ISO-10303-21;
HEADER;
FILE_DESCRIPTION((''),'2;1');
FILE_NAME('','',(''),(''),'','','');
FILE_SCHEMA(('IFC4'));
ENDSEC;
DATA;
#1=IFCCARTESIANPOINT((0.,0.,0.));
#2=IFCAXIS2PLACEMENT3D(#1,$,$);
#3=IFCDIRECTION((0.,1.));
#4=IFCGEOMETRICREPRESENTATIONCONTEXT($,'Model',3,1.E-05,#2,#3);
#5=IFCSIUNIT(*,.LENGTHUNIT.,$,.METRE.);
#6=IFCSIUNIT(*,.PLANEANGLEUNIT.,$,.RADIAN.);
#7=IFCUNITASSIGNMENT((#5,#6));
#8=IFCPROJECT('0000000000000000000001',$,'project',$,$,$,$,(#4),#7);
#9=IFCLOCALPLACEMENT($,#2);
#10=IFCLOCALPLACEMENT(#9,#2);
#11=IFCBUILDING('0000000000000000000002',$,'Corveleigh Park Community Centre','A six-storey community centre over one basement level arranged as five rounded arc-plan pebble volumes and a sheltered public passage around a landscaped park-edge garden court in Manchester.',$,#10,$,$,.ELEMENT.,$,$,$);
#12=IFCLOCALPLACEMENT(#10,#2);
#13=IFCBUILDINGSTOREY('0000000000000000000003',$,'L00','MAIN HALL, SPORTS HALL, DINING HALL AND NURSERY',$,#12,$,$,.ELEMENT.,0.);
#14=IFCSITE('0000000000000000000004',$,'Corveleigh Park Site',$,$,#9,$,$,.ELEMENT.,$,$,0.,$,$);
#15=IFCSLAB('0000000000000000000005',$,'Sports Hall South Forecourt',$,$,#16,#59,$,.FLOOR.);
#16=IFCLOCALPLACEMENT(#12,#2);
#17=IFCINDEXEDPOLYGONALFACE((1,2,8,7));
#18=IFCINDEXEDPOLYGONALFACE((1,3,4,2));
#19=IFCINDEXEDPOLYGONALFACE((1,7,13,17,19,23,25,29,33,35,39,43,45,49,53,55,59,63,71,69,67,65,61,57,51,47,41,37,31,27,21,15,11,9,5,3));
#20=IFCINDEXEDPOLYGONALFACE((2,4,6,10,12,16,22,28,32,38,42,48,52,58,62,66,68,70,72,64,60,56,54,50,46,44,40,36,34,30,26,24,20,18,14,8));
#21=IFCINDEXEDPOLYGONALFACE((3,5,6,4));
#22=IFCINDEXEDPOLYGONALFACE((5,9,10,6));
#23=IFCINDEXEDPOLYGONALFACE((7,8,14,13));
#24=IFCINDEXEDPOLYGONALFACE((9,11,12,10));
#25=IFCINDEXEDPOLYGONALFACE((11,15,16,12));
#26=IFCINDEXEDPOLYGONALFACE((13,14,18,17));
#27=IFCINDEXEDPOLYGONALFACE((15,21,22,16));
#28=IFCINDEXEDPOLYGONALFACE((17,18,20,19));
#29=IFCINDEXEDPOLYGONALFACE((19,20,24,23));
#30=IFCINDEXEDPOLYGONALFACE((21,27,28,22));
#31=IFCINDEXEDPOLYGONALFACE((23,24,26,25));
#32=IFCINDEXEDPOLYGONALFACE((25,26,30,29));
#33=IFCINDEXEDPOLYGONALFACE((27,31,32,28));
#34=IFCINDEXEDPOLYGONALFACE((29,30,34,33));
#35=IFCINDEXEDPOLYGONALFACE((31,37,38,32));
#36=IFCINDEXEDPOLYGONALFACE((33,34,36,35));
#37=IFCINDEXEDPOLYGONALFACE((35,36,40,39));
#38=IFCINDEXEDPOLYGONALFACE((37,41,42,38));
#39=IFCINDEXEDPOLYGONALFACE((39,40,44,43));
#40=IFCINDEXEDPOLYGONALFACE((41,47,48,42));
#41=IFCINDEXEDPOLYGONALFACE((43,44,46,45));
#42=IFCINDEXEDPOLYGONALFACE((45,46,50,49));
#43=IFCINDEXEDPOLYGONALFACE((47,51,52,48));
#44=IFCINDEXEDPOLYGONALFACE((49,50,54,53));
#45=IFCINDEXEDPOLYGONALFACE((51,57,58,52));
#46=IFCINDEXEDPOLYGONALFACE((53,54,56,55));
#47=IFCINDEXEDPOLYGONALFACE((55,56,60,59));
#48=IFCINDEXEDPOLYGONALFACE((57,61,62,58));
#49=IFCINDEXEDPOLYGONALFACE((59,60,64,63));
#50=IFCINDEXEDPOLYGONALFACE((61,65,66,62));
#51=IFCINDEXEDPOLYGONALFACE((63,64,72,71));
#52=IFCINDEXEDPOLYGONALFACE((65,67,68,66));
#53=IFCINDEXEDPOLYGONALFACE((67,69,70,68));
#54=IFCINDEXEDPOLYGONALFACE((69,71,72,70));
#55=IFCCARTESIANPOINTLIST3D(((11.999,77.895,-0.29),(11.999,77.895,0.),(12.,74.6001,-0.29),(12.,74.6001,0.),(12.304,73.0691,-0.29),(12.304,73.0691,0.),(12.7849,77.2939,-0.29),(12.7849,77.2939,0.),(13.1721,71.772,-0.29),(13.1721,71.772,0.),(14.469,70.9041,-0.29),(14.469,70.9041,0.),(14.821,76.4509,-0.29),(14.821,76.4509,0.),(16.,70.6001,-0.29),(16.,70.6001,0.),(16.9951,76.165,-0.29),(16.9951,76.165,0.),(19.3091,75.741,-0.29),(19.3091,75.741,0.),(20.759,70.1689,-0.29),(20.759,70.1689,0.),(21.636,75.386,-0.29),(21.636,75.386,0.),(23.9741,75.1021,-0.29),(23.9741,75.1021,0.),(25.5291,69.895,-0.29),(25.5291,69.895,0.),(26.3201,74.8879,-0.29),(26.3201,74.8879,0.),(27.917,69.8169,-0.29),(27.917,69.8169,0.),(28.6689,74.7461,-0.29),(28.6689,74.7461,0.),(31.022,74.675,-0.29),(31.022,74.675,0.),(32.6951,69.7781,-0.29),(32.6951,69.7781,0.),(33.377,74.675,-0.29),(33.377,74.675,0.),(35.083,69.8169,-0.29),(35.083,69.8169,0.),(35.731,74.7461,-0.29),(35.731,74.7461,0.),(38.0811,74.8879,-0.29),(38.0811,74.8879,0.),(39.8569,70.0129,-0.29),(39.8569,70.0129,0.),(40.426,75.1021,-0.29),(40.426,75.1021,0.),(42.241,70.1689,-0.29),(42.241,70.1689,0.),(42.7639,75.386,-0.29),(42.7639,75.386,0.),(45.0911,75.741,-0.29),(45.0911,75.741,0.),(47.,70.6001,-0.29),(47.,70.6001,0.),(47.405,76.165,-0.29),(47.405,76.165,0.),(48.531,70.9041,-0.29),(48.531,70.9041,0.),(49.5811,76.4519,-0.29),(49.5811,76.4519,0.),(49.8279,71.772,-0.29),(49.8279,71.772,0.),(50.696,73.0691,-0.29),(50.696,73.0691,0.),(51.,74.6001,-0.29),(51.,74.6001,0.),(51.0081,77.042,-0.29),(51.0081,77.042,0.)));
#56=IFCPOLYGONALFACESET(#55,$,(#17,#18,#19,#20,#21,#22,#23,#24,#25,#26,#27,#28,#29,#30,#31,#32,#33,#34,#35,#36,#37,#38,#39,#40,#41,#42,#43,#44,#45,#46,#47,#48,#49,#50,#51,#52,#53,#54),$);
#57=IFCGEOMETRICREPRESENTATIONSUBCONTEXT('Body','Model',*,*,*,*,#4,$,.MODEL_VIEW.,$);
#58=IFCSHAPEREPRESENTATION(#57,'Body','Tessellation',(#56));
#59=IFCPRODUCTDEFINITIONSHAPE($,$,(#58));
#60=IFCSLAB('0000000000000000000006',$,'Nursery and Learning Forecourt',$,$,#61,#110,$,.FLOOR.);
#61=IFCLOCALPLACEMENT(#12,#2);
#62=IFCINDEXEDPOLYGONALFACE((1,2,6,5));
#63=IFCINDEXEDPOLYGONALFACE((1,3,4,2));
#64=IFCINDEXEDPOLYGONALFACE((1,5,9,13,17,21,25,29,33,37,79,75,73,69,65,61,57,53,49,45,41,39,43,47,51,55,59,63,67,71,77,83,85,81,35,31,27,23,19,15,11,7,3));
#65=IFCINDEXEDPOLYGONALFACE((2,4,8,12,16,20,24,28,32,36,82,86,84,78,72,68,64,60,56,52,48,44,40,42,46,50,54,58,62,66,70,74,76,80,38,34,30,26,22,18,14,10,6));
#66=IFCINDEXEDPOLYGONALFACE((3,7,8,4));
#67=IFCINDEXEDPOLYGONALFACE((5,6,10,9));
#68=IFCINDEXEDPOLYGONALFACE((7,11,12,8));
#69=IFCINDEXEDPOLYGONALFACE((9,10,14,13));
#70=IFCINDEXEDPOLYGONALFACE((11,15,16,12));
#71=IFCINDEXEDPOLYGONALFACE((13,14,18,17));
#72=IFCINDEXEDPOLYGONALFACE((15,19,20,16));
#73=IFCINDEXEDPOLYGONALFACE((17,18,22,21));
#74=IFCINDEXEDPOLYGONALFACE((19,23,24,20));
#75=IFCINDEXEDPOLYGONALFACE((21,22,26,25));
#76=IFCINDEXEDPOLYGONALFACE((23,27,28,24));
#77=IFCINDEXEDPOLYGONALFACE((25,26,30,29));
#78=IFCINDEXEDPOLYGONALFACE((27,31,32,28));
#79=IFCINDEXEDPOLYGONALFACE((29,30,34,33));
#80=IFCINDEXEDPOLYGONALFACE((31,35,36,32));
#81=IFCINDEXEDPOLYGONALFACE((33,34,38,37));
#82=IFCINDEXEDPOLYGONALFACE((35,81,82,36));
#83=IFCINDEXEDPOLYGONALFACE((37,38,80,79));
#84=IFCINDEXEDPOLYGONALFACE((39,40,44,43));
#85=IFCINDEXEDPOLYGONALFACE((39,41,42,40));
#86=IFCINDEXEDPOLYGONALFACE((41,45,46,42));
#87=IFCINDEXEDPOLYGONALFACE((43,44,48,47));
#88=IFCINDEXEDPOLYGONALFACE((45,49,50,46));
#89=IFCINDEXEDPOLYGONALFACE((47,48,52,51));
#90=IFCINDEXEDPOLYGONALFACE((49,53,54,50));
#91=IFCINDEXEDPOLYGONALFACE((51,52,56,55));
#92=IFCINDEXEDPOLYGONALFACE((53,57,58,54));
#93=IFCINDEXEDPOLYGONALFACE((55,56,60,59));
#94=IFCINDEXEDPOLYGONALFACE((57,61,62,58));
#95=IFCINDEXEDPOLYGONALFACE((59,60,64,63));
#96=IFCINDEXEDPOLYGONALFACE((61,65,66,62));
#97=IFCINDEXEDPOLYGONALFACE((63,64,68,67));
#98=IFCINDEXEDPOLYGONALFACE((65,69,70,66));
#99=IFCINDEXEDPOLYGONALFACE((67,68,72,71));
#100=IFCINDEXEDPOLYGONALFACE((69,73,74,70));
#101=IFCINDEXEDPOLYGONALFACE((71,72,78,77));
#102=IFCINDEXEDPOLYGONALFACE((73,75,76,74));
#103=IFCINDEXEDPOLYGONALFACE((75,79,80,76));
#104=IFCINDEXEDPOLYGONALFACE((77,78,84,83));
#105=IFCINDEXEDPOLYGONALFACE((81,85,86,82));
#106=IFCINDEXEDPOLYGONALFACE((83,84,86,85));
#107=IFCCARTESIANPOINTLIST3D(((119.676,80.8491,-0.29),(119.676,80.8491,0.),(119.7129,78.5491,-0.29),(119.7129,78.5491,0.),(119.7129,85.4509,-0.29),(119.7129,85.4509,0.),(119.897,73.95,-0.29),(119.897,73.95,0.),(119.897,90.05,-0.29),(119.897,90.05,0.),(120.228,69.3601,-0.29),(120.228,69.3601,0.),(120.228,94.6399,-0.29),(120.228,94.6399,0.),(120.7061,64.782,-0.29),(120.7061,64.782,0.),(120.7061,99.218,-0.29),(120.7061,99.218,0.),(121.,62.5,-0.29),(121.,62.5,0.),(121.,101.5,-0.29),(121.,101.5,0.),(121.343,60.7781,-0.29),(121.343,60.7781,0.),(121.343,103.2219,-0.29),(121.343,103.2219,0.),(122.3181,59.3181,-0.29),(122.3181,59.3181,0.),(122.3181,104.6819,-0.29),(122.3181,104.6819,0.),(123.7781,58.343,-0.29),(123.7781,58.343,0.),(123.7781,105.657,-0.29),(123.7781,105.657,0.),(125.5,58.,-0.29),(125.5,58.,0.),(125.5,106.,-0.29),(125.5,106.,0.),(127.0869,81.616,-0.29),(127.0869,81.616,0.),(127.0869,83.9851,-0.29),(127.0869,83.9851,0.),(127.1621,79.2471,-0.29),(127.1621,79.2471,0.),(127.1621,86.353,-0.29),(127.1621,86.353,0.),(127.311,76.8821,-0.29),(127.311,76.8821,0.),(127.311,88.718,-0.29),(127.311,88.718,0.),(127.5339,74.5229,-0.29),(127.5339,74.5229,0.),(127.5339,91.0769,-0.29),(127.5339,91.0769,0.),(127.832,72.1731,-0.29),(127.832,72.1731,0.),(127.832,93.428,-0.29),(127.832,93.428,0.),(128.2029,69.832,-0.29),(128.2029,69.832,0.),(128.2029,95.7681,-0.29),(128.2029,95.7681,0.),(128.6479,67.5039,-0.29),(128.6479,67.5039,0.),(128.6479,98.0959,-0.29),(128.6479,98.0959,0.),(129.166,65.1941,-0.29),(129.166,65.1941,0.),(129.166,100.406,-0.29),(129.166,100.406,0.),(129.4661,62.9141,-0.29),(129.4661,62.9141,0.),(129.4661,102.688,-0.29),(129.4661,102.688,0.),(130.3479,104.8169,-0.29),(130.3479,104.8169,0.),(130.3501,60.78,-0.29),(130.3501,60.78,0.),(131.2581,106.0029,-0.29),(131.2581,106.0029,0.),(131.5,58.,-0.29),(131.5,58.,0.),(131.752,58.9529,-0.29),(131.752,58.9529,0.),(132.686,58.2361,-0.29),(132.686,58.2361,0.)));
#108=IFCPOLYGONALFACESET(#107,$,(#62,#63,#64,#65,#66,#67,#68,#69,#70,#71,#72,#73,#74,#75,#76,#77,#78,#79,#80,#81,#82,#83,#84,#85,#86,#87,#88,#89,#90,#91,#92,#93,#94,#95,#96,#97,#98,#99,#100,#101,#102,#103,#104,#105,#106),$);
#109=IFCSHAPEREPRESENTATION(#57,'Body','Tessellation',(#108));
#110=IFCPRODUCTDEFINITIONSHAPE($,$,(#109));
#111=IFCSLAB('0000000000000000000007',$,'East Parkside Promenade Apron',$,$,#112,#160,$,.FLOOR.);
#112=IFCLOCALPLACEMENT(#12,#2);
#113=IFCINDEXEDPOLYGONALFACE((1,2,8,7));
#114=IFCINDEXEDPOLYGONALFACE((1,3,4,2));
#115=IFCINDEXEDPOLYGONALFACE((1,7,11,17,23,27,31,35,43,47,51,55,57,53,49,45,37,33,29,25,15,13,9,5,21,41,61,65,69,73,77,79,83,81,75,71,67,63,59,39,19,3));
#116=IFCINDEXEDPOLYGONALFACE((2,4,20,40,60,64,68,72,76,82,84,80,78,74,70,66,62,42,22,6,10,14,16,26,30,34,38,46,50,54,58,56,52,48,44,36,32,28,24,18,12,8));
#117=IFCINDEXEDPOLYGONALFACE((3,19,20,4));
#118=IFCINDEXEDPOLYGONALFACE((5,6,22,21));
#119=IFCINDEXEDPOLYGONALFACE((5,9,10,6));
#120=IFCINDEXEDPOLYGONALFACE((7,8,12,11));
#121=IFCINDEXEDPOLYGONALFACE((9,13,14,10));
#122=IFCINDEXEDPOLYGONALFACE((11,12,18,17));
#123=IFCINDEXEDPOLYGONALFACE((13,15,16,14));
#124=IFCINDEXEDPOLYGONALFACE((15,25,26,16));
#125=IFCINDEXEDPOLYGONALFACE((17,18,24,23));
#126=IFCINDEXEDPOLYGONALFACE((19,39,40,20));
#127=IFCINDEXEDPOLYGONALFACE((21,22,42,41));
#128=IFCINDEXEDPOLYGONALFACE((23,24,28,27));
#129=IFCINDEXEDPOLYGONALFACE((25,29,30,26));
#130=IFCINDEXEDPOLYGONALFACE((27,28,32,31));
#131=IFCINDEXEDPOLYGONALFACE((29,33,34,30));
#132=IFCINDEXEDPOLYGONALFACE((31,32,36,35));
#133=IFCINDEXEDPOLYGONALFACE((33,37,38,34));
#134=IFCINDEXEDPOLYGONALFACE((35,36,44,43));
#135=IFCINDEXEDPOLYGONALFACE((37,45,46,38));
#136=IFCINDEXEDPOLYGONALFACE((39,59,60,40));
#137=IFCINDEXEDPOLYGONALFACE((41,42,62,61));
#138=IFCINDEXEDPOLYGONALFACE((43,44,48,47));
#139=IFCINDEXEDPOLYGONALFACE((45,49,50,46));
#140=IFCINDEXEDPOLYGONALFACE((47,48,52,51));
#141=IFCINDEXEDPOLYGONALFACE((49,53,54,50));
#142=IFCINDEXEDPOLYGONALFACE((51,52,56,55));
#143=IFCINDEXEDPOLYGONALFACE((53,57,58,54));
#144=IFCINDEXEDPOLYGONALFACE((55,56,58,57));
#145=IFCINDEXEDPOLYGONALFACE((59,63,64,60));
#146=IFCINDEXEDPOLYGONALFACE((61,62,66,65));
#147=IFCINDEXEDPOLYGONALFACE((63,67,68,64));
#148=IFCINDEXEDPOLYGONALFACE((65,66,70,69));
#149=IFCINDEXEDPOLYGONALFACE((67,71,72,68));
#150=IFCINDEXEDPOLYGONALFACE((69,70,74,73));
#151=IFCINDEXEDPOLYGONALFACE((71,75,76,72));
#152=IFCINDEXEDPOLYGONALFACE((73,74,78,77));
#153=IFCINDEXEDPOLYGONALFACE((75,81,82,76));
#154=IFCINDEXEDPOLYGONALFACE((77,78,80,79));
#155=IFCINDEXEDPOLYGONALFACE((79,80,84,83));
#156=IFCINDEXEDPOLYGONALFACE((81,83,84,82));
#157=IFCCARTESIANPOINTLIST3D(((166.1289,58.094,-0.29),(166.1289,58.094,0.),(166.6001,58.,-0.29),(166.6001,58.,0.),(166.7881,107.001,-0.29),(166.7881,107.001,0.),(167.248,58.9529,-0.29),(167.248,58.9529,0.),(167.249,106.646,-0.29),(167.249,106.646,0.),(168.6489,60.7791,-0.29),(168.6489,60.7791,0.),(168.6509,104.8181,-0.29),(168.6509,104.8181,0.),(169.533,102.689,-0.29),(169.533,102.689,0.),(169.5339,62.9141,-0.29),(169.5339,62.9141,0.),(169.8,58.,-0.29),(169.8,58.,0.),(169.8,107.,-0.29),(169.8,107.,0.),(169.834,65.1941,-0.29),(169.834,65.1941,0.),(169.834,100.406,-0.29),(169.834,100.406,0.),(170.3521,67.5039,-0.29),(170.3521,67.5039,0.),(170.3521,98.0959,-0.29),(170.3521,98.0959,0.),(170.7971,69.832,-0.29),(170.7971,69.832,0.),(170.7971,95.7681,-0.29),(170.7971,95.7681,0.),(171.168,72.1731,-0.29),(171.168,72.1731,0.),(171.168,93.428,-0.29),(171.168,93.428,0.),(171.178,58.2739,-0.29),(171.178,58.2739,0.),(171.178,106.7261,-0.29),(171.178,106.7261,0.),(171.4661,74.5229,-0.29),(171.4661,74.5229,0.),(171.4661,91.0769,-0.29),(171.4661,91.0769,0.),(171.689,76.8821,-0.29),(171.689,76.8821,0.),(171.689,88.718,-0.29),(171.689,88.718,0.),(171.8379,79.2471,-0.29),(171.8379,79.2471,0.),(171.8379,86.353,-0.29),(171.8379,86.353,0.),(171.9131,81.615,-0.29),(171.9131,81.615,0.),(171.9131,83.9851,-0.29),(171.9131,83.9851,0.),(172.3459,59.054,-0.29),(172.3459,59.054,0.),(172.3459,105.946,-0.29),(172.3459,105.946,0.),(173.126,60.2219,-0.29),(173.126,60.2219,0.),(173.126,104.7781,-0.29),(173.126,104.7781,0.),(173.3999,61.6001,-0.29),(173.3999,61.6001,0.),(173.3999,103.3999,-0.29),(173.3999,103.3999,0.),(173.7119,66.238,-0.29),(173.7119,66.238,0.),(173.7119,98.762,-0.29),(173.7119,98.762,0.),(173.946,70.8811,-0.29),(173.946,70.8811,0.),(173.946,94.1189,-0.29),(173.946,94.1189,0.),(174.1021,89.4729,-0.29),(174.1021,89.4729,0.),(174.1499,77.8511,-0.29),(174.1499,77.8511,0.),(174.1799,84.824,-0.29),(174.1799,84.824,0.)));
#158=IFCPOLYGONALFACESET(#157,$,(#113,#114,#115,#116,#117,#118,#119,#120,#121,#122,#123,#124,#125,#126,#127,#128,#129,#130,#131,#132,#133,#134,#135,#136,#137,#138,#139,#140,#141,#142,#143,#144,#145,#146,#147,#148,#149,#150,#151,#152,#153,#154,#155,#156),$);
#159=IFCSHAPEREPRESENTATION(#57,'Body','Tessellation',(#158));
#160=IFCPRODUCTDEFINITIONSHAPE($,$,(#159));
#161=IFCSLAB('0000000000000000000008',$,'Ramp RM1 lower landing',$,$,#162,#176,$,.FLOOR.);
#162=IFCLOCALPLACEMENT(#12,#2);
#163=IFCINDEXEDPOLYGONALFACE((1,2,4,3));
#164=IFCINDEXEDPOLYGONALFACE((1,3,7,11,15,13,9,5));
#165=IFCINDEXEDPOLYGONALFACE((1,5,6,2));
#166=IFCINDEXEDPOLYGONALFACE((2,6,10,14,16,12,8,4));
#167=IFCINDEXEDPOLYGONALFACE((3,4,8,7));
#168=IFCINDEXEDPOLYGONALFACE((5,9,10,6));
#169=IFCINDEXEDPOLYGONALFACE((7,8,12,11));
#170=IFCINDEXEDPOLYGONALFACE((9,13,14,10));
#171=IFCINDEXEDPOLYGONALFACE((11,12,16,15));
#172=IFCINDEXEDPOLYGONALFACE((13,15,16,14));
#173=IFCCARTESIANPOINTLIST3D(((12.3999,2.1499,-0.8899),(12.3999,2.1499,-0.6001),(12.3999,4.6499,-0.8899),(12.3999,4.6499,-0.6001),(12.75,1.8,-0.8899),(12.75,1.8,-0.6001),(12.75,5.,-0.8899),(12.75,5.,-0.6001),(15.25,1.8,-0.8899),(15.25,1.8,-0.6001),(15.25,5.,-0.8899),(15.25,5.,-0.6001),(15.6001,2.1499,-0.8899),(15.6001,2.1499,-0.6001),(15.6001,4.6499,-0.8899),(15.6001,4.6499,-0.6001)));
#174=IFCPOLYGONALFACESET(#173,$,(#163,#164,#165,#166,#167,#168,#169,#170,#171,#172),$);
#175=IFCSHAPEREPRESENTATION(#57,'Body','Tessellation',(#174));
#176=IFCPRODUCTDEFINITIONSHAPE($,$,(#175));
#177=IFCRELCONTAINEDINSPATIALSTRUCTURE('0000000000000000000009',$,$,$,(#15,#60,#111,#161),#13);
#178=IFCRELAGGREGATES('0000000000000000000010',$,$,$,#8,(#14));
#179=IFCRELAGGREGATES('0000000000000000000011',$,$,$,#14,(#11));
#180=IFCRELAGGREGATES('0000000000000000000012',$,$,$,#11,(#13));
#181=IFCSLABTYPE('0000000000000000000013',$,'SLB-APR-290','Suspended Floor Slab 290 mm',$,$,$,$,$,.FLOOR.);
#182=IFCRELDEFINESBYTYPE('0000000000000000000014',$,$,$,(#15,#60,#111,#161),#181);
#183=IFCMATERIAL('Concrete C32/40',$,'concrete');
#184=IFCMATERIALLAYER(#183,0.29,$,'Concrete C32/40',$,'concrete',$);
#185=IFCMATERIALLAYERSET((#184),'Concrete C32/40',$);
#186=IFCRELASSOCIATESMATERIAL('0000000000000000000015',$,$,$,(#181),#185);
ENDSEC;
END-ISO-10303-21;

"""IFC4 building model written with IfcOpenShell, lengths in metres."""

from ifc_helpers import new_model, si_unit, direction, frame, origin, place, context, subcontext, project, spatial, polyline, outline, extrude, material, layer, layer_set, type_object, element, save


model = new_model("IFC4")

# Units and contexts
model_context = context("Model", 3, precision=1e-05, world=origin(), true_north=direction((0.0, 1.0)))
body_context = subcontext(model_context, "Body", "Model", "MODEL_VIEW")
ifc_project = project(units=[si_unit("LENGTHUNIT", "METRE"), si_unit("PLANEANGLEUNIT", "RADIAN")], contexts=[model_context])

# Site, building, storey
site_placement = place(None, origin())
site = spatial("IfcSite", under=ifc_project, at=site_placement, Name="Corveleigh Park Site", CompositionType="ELEMENT", RefElevation=0.0)
building_placement = place(site_placement, origin())
building = spatial("IfcBuilding", under=site, at=building_placement, Name="Corveleigh Park Community Centre", Description="A six-storey community centre over one basement level arranged as five rounded arc-plan pebble volumes and a sheltered public passage around a landscaped park-edge garden court in Manchester.", CompositionType="ELEMENT")
storey_placement = place(building_placement, origin())
storey = spatial("IfcBuildingStorey", under=building, at=storey_placement, Name="L00", Description="MAIN HALL, SPORTS HALL, DINING HALL AND NURSERY", CompositionType="ELEMENT", Elevation=0.0)

# Slabs
ifc_material_1 = material(Name="Concrete C32/40", Category="concrete")
ifc_layer_1 = layer(ifc_material_1, 0.29, Name="Concrete C32/40", Category="concrete")
ifc_layer_set_1 = layer_set([ifc_layer_1], Name="Concrete C32/40")
slab_type_1 = type_object("IfcSlabType", Name="SLB-APR-290", Description="Suspended Floor Slab 290 mm", PredefinedType="FLOOR", material=ifc_layer_set_1)
slab_1_placement = place(storey_placement, frame((0.0, 0.0, -0.29)))
element("IfcSlab", 1, at=slab_1_placement, inside=storey, type_object=slab_type_1, Name="Sports Hall South Forecourt", PredefinedType="FLOOR", context=body_context, shape_type="SweptSolid", body=[
    extrude(outline(polyline([(51.0081, 77.042), (51.0, 74.6001), (50.696, 73.0691), (49.8279, 71.772), (48.531, 70.9041), (47.0, 70.6001), (42.241, 70.1689), (39.8569, 70.0129), (35.083, 69.8169), (32.6951, 69.7781), (27.917, 69.8169), (25.5291, 69.895), (20.759, 70.1689), (16.0, 70.6001), (14.469, 70.9041), (13.1721, 71.772), (12.304, 73.0691), (12.0, 74.6001), (11.999, 77.895), (12.7849, 77.2939), (14.821, 76.4509), (16.9951, 76.165), (19.3091, 75.741), (21.636, 75.386), (23.9741, 75.1021), (26.3201, 74.8879), (28.6689, 74.7461), (31.022, 74.675), (33.377, 74.675), (35.731, 74.7461), (38.0811, 74.8879), (40.426, 75.1021), (42.7639, 75.386), (45.0911, 75.741), (47.405, 76.165), (49.5811, 76.4519), (51.0081, 77.042)])), origin(), (0.0, 0.0, 1.0), 0.29),
])
slab_2_placement = place(storey_placement, frame((0.0, 0.0, -0.29)))
element("IfcSlab", 2, at=slab_2_placement, inside=storey, type_object=slab_type_1, Name="Nursery and Learning Forecourt", PredefinedType="FLOOR", context=body_context, shape_type="SweptSolid", body=[
    extrude(outline(polyline([(131.5, 58.0), (125.5, 58.0), (123.7781, 58.343), (122.3181, 59.3181), (121.343, 60.7781), (121.0, 62.5), (120.7061, 64.782), (120.228, 69.3601), (119.897, 73.95), (119.7129, 78.5491), (119.676, 80.8491), (119.7129, 85.4509), (119.897, 90.05), (120.228, 94.6399), (120.7061, 99.218), (121.0, 101.5), (121.343, 103.2219), (122.3181, 104.6819), (123.7781, 105.657), (125.5, 106.0), (131.2581, 106.0029), (130.3479, 104.8169), (129.4661, 102.688), (129.166, 100.406), (128.6479, 98.0959), (128.2029, 95.7681), (127.832, 93.428), (127.5339, 91.0769), (127.311, 88.718), (127.1621, 86.353), (127.0869, 83.9851), (127.0869, 81.616), (127.1621, 79.2471), (127.311, 76.8821), (127.5339, 74.5229), (127.832, 72.1731), (128.2029, 69.832), (128.6479, 67.5039), (129.166, 65.1941), (129.4661, 62.9141), (130.3501, 60.78), (131.752, 58.9529), (132.686, 58.2361), (131.5, 58.0)])), origin(), (0.0, 0.0, 1.0), 0.29),
])
slab_3_placement = place(storey_placement, frame((0.0, 0.0, -0.29)))
element("IfcSlab", 3, at=slab_3_placement, inside=storey, type_object=slab_type_1, Name="East Parkside Promenade Apron", PredefinedType="FLOOR", context=body_context, shape_type="SweptSolid", body=[
    extrude(outline(polyline([(166.7881, 107.001), (169.8, 107.0), (171.178, 106.7261), (172.3459, 105.946), (173.126, 104.7781), (173.3999, 103.3999), (173.7119, 98.762), (173.946, 94.1189), (174.1021, 89.4729), (174.1799, 84.824), (174.1499, 77.8511), (173.946, 70.8811), (173.7119, 66.238), (173.3999, 61.6001), (173.126, 60.2219), (172.3459, 59.054), (171.178, 58.2739), (169.8, 58.0), (166.6001, 58.0), (166.1289, 58.094), (167.248, 58.9529), (168.6489, 60.7791), (169.5339, 62.9141), (169.834, 65.1941), (170.3521, 67.5039), (170.7971, 69.832), (171.168, 72.1731), (171.4661, 74.5229), (171.689, 76.8821), (171.8379, 79.2471), (171.9131, 81.615), (171.9131, 83.9851), (171.8379, 86.353), (171.689, 88.718), (171.4661, 91.0769), (171.168, 93.428), (170.7971, 95.7681), (170.3521, 98.0959), (169.834, 100.406), (169.533, 102.689), (168.6509, 104.8181), (167.249, 106.646), (166.7881, 107.001)])), origin(), (0.0, 0.0, 1.0), 0.29),
])
slab_4_placement = place(storey_placement, frame((0.0, 0.0, -0.8899)))
element("IfcSlab", 4, at=slab_4_placement, inside=storey, type_object=slab_type_1, Name="Ramp RM1 lower landing", PredefinedType="FLOOR", context=body_context, shape_type="SweptSolid", body=[
    extrude(outline(polyline([(12.75, 1.8), (15.25, 1.8), (15.6001, 2.1499), (15.6001, 4.6499), (15.25, 5.0), (12.75, 5.0), (12.3999, 4.6499), (12.3999, 2.1499), (12.75, 1.8)])), origin(), (0.0, 0.0, 1.0), 0.2898),
])

save(model, "model.ifc")
